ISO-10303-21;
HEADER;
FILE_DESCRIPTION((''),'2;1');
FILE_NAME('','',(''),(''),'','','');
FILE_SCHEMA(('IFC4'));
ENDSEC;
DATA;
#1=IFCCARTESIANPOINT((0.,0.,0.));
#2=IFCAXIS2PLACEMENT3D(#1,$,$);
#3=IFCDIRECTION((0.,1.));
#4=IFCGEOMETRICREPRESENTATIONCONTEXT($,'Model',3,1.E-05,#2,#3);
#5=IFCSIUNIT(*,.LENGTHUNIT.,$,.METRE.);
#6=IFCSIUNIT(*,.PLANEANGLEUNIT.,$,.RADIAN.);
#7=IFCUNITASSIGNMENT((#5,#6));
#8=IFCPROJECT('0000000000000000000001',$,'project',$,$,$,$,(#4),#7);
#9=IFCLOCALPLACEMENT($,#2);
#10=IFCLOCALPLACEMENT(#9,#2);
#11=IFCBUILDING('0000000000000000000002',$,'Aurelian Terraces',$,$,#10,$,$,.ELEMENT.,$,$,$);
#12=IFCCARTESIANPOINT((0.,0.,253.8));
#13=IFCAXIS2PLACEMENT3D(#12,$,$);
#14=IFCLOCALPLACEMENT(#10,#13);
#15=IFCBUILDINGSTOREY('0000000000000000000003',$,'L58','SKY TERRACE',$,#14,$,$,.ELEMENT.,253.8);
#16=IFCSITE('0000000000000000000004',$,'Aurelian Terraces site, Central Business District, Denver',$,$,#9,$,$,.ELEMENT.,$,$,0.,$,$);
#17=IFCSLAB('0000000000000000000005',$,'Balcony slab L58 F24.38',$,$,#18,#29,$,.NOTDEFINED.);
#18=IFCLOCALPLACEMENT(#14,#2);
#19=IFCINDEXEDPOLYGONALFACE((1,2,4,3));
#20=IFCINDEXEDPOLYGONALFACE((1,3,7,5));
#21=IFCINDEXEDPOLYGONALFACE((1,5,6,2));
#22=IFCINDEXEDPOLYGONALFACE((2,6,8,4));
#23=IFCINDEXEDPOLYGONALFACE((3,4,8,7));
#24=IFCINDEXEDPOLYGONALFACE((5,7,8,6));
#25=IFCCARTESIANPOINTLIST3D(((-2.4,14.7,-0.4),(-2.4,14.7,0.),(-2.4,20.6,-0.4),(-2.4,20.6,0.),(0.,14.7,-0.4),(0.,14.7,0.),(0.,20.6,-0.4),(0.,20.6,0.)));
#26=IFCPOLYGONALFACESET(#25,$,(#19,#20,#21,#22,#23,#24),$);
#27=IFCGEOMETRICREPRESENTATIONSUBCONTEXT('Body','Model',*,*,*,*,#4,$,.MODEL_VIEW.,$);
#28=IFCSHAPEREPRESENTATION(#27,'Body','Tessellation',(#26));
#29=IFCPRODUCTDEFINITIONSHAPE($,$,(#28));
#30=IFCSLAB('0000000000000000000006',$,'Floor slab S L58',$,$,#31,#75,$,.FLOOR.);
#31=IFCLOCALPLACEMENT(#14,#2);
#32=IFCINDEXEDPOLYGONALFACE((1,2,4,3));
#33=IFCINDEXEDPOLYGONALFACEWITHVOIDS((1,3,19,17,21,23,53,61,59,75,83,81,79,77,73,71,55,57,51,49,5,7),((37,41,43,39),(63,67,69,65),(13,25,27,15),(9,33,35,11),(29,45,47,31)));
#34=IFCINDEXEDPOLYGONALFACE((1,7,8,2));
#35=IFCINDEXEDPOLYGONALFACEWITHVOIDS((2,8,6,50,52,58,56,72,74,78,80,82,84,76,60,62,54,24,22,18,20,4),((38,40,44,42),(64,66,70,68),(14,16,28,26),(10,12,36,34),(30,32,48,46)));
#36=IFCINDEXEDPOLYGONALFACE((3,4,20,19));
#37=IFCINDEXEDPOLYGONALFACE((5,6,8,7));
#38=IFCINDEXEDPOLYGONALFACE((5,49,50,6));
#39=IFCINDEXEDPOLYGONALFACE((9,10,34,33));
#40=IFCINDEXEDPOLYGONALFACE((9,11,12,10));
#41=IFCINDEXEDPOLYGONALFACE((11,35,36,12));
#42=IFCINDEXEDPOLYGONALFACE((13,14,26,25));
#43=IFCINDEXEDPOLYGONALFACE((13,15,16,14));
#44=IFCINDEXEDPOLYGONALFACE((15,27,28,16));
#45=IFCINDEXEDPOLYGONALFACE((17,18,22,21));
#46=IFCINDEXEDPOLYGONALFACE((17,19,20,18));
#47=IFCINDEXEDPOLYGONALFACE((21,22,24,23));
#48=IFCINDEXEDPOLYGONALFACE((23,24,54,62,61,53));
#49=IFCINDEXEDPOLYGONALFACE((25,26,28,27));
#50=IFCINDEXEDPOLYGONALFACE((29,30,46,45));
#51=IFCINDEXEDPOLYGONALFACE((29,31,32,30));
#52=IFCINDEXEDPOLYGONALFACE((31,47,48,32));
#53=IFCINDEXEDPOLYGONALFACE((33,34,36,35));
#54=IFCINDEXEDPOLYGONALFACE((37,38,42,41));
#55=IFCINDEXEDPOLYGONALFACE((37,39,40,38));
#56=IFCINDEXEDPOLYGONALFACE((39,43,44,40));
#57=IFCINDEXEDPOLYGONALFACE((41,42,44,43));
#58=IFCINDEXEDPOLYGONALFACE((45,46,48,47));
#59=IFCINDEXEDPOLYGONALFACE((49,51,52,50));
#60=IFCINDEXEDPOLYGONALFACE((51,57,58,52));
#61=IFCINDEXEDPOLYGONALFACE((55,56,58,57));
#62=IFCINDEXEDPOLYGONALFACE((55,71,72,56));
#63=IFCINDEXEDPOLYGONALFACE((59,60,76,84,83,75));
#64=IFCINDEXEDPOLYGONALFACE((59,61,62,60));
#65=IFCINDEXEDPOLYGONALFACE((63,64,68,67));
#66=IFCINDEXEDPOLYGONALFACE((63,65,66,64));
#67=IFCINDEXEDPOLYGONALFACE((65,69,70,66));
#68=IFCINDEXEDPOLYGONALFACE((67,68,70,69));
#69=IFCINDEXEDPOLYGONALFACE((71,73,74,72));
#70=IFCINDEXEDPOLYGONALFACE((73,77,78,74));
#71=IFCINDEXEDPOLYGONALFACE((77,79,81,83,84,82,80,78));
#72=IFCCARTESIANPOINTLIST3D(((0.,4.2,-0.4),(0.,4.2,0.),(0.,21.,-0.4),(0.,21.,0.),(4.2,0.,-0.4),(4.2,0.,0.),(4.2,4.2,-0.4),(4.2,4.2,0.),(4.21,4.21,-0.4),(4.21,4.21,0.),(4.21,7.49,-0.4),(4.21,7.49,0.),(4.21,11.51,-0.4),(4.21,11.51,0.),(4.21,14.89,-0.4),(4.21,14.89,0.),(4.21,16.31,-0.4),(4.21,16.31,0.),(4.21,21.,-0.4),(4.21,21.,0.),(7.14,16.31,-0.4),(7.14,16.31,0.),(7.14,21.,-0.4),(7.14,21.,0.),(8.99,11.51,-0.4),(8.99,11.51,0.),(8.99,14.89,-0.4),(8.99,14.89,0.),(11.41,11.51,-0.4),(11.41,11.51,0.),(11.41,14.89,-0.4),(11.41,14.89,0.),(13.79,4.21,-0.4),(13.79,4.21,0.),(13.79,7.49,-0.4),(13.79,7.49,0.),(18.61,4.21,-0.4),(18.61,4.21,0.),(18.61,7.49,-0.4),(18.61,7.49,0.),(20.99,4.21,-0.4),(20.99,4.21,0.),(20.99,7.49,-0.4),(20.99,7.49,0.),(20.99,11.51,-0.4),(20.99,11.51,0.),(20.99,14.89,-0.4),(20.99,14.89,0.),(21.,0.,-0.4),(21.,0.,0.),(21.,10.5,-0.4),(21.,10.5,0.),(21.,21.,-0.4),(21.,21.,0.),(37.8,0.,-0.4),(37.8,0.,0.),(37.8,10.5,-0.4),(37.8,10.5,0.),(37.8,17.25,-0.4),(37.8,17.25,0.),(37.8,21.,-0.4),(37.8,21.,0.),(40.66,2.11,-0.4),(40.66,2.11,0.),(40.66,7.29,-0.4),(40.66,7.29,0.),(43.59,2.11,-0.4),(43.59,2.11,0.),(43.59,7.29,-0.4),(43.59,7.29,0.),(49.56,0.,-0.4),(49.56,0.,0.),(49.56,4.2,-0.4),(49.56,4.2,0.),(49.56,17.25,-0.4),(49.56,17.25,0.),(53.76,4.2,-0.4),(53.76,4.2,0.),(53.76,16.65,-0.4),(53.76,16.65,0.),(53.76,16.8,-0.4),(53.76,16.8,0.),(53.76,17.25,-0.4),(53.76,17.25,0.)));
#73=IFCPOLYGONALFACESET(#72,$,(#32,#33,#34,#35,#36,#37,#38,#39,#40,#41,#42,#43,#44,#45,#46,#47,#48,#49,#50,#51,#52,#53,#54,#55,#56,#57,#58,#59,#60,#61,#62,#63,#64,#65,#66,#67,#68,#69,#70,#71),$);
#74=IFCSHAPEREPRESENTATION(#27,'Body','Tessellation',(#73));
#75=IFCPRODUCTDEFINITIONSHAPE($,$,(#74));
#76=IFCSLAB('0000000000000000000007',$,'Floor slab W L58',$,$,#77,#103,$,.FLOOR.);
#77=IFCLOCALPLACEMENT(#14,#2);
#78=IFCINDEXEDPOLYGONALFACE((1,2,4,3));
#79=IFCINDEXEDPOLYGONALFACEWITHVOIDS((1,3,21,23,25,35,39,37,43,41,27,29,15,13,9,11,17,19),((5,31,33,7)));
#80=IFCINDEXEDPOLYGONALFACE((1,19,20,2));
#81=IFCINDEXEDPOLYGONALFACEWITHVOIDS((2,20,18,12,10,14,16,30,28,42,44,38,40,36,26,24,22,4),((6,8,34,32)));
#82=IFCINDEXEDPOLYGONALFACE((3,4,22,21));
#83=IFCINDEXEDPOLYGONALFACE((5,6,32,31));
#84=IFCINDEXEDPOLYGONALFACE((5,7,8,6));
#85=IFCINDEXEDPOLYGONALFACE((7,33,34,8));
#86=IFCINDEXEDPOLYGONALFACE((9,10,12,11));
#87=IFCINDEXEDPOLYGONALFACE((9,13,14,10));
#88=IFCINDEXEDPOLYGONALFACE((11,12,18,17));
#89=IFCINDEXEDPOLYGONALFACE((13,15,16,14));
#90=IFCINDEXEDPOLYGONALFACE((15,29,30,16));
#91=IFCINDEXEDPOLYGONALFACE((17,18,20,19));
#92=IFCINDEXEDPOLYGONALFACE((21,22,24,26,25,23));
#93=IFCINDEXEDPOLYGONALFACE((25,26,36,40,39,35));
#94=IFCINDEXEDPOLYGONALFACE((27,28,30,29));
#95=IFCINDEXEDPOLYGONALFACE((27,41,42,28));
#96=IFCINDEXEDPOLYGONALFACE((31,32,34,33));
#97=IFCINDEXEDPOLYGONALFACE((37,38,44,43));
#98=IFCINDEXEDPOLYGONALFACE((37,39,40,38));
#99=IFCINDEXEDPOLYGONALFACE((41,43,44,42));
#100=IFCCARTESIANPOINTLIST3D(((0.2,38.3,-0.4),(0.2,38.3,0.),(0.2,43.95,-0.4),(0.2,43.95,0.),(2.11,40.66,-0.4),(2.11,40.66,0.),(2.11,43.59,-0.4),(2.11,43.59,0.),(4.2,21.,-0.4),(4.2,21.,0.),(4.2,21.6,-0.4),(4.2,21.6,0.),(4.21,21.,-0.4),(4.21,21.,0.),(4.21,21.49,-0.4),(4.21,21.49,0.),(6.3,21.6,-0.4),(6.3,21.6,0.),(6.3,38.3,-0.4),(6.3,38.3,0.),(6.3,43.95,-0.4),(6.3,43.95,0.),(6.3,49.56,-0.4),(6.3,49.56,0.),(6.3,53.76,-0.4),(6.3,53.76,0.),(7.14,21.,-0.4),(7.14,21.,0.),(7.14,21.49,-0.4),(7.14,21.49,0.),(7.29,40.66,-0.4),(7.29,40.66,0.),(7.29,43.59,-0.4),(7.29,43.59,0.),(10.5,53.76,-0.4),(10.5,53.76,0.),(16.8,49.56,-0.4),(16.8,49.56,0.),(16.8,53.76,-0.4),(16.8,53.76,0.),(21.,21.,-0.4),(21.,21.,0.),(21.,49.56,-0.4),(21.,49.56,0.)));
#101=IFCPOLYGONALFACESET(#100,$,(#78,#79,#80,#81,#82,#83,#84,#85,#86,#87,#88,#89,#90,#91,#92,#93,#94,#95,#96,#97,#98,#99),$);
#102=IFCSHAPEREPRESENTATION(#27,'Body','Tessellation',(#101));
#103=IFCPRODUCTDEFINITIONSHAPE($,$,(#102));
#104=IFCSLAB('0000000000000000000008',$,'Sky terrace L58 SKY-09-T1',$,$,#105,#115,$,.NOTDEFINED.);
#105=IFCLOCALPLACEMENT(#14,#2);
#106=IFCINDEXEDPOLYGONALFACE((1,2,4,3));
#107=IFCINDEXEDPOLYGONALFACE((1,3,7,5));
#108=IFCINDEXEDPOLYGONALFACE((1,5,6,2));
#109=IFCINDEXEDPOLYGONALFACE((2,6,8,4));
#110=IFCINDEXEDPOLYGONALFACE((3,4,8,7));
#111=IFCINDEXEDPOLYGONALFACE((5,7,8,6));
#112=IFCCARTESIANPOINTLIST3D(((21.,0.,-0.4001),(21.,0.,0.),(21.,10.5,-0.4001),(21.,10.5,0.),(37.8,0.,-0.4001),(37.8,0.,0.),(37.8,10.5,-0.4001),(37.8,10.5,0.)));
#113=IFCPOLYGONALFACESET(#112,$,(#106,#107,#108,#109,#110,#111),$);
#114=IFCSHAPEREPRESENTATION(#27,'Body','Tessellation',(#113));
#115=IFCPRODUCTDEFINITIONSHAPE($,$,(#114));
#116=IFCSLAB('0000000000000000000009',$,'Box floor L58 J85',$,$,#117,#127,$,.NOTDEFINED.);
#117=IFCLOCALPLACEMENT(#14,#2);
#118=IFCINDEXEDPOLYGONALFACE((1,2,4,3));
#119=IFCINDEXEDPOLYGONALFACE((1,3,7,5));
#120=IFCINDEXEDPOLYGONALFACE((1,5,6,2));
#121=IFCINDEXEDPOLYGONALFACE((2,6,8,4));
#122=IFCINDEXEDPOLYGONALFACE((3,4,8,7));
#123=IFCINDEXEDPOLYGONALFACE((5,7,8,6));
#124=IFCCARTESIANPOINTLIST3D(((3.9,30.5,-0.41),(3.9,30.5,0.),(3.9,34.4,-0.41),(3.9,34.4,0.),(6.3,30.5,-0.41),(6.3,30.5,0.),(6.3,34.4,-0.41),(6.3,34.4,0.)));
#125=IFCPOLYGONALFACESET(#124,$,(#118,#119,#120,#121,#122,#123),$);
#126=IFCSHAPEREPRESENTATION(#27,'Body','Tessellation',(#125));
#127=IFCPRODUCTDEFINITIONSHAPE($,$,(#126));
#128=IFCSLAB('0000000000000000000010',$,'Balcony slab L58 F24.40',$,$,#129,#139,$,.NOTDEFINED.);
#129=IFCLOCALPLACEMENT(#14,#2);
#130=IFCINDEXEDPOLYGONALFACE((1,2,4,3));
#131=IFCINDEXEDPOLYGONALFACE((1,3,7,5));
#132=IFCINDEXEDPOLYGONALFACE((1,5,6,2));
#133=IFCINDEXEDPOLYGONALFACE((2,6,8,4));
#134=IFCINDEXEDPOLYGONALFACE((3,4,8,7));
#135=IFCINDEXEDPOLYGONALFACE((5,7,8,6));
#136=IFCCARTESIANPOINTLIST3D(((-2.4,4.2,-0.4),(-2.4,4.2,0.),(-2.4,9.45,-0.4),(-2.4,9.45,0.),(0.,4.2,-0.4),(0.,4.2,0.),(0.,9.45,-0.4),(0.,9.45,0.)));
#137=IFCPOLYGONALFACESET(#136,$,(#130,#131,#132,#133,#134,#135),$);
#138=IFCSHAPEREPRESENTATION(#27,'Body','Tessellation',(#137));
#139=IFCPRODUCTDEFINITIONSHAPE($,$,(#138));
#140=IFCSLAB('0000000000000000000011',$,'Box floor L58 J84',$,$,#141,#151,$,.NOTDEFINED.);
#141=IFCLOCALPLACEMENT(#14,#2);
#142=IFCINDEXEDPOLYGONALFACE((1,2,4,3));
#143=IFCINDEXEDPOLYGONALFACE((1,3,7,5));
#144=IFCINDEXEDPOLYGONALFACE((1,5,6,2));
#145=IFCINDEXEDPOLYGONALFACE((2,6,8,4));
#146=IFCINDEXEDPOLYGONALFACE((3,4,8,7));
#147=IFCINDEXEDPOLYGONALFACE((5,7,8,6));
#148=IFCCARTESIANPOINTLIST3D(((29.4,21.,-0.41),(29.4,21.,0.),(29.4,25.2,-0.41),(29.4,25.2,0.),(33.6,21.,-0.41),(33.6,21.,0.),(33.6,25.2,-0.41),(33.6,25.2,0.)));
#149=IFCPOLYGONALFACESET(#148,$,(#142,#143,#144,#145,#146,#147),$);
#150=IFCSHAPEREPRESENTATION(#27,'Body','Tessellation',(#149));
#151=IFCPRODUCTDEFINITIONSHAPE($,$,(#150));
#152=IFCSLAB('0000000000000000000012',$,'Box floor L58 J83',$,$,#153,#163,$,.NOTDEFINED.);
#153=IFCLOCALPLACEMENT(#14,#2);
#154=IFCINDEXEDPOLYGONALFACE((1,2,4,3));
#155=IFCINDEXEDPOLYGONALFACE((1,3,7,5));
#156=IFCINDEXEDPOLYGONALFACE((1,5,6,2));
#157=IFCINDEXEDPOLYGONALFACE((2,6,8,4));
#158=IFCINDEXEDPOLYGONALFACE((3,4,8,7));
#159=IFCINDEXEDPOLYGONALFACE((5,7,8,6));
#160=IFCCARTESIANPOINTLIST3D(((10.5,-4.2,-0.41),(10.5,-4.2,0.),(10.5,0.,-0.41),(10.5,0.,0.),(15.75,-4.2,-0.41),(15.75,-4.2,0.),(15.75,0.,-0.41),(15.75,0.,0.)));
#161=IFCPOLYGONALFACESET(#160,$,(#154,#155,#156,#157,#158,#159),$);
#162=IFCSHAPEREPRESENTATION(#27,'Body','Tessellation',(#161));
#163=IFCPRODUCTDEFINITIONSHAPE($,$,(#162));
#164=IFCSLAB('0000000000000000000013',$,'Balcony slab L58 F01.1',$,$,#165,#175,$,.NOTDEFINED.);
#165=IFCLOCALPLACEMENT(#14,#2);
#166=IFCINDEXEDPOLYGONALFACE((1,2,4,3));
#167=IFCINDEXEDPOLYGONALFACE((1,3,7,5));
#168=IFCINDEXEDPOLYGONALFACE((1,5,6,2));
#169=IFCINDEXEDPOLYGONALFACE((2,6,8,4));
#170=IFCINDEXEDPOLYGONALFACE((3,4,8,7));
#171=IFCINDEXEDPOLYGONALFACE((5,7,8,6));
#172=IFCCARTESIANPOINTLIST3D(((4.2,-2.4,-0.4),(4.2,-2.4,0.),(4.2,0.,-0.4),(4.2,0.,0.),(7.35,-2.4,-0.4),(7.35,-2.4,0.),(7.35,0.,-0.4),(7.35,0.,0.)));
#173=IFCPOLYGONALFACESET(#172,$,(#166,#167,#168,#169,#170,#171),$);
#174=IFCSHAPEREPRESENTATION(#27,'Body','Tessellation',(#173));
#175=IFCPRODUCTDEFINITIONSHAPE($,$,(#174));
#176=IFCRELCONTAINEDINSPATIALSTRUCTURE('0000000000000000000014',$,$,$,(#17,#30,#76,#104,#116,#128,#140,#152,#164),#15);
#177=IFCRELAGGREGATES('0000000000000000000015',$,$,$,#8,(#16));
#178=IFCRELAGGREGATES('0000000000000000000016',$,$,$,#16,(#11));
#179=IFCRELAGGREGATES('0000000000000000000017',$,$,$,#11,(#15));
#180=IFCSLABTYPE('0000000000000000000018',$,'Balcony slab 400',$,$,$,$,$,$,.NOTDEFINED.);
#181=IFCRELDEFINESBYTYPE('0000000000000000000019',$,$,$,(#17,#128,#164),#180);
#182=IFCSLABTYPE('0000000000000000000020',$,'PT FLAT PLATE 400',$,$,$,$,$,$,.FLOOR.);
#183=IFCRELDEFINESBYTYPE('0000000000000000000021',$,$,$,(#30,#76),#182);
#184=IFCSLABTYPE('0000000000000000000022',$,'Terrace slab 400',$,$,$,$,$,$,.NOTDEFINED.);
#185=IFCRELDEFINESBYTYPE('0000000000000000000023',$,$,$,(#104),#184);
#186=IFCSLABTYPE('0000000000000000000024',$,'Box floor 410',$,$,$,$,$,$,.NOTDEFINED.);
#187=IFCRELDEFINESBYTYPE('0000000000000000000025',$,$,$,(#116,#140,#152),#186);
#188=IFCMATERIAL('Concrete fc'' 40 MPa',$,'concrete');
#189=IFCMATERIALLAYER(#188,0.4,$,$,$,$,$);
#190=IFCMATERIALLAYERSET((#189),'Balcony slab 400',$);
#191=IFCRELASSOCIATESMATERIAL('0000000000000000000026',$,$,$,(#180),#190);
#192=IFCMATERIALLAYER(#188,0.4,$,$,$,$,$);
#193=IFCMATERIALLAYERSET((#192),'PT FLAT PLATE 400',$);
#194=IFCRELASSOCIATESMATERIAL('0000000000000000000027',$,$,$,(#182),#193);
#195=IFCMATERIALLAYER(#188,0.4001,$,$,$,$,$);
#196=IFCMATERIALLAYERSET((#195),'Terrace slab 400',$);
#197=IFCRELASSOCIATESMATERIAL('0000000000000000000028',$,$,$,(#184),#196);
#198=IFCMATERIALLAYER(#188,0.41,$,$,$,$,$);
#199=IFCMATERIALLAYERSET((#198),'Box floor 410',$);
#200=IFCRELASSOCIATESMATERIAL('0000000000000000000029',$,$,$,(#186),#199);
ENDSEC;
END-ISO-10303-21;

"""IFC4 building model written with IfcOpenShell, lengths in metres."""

from ifc_helpers import new_model, si_unit, direction, frame, origin, place, context, subcontext, project, spatial, polyline, outline, extrude, source, transform, mapped, material, layer, layer_set, type_object, element, save


model = new_model("IFC4")

# Units and contexts
model_context = context("Model", 3, precision=1e-05, world=origin(), true_north=direction((0.0, 1.0)))
body_context = subcontext(model_context, "Body", "Model", "MODEL_VIEW")
ifc_project = project(units=[si_unit("LENGTHUNIT", "METRE"), si_unit("PLANEANGLEUNIT", "RADIAN")], contexts=[model_context])

# Site, building, storey
site_placement = place(None, origin())
site = spatial("IfcSite", under=ifc_project, at=site_placement, Name="Aurelian Terraces site, Central Business District, Denver", CompositionType="ELEMENT", RefElevation=0.0)
building_placement = place(site_placement, origin())
building = spatial("IfcBuilding", under=site, at=building_placement, Name="Aurelian Terraces", CompositionType="ELEMENT")
storey_placement = place(building_placement, frame((0.0, 0.0, 253.8)))
storey = spatial("IfcBuildingStorey", under=building, at=storey_placement, Name="L58", Description="SKY TERRACE", CompositionType="ELEMENT", Elevation=253.8)

# Slabs
ifc_material_1 = material(Name="Concrete fc' 40 MPa", Category="concrete")
ifc_layer_1 = layer(ifc_material_1, 0.4)
ifc_layer_set_1 = layer_set([ifc_layer_1], Name="Balcony slab 400")
slab_type_1 = type_object("IfcSlabType", Name="Balcony slab 400", PredefinedType="NOTDEFINED", material=ifc_layer_set_1)
slab_1_placement = place(storey_placement, frame((0.0, 0.0, -0.4)))
element("IfcSlab", 1, at=slab_1_placement, inside=storey, type_object=slab_type_1, Name="Balcony slab L58 F24.38", PredefinedType="NOTDEFINED", context=body_context, shape_type="SweptSolid", body=[
    extrude(outline(polyline([(0.0, 20.6), (0.0, 14.7), (-2.4, 14.7), (-2.4, 20.6), (0.0, 20.6)])), origin(), (0.0, 0.0, 1.0), 0.4),
])
ifc_layer_2 = layer(ifc_material_1, 0.4)
ifc_layer_set_2 = layer_set([ifc_layer_2], Name="PT FLAT PLATE 400")
slab_type_2 = type_object("IfcSlabType", Name="PT FLAT PLATE 400", PredefinedType="FLOOR", material=ifc_layer_set_2)
slab_2_placement = place(storey_placement, frame((0.0, 0.0, -0.4)))
element("IfcSlab", 2, at=slab_2_placement, inside=storey, type_object=slab_type_2, Name="Floor slab S L58", PredefinedType="FLOOR", context=body_context, shape_type="SweptSolid", body=[
    extrude(outline(polyline([(49.56, 4.2), (49.56, 0.0), (37.8, 0.0), (37.8, 10.5), (21.0, 10.5), (21.0, 0.0), (4.2, 0.0), (4.2, 4.2), (0.0, 4.2), (0.0, 21.0), (4.21, 21.0), (4.21, 16.31), (7.14, 16.31), (7.14, 21.0), (21.0, 21.0), (37.8, 21.0), (37.8, 17.25), (49.56, 17.25), (53.76, 17.25), (53.76, 16.8), (53.76, 16.65), (53.76, 4.2), (49.56, 4.2)]), holes=[polyline([(40.66, 2.11), (43.59, 2.11), (43.59, 7.29), (40.66, 7.29), (40.66, 2.11)]), polyline([(18.61, 7.49), (18.61, 4.21), (20.99, 4.21), (20.99, 7.49), (18.61, 7.49)]), polyline([(20.99, 14.89), (11.41, 14.89), (11.41, 11.51), (20.99, 11.51), (20.99, 14.89)]), polyline([(4.21, 7.49), (4.21, 4.21), (13.79, 4.21), (13.79, 7.49), (4.21, 7.49)]), polyline([(4.21, 14.89), (4.21, 11.51), (8.99, 11.51), (8.99, 14.89), (4.21, 14.89)])]), origin(), (0.0, 0.0, 1.0), 0.4),
])
shared_shape_1 = source(origin(), body_context, "Body", "SweptSolid", [
    extrude(outline(polyline([(0.2, 43.95), (6.3, 43.95), (6.3, 49.56), (6.3, 53.76), (10.5, 53.76), (16.8, 53.76), (16.8, 49.56), (21.0, 49.56), (21.0, 21.0), (7.14, 21.0), (7.14, 21.49), (4.21, 21.49), (4.21, 21.0), (4.2, 21.0), (4.2, 21.6), (6.3, 21.6), (6.3, 38.3), (0.2, 38.3), (0.2, 43.95)]), holes=[polyline([(7.29, 43.59), (2.11, 43.59), (2.11, 40.66), (7.29, 40.66), (7.29, 43.59)])]), origin(), (0.0, 0.0, 1.0), 0.4),
])
slab_3_placement = place(storey_placement, frame((0.0, 0.0, -0.4)))
element("IfcSlab", 3, at=slab_3_placement, inside=storey, type_object=slab_type_2, Name="Floor slab W L58", PredefinedType="FLOOR", context=body_context, shape_type="MappedRepresentation", body=[
    mapped(shared_shape_1, transform((0.0, 0.0, 0.0), scale=1.0)),
])
ifc_layer_3 = layer(ifc_material_1, 0.4001)
ifc_layer_set_3 = layer_set([ifc_layer_3], Name="Terrace slab 400")
slab_type_3 = type_object("IfcSlabType", Name="Terrace slab 400", PredefinedType="NOTDEFINED", material=ifc_layer_set_3)
shared_shape_2 = source(origin(), body_context, "Body", "SweptSolid", [
    extrude(outline(polyline([(37.8, 10.5), (37.8, 0.0), (21.0, 0.0), (21.0, 10.5), (37.8, 10.5)])), origin(), (0.0, 0.0, 1.0), 0.4001),
])
slab_4_placement = place(storey_placement, frame((0.0, 0.0, -0.4001)))
element("IfcSlab", 4, at=slab_4_placement, inside=storey, type_object=slab_type_3, Name="Sky terrace L58 SKY-09-T1", PredefinedType="NOTDEFINED", context=body_context, shape_type="MappedRepresentation", body=[
    mapped(shared_shape_2, transform((0.0, 0.0, 0.0), scale=1.0)),
])
ifc_layer_4 = layer(ifc_material_1, 0.41)
ifc_layer_set_4 = layer_set([ifc_layer_4], Name="Box floor 410")
slab_type_4 = type_object("IfcSlabType", Name="Box floor 410", PredefinedType="NOTDEFINED", material=ifc_layer_set_4)
shared_shape_3 = source(origin(), body_context, "Body", "SweptSolid", [
    extrude(outline(polyline([(3.9, 34.4), (3.9, 30.5), (6.3, 30.5), (6.3, 34.4), (3.9, 34.4)])), origin(), (0.0, 0.0, 1.0), 0.41),
])
slab_5_placement = place(storey_placement, frame((0.0, 0.0, -0.41)))
element("IfcSlab", 5, at=slab_5_placement, inside=storey, type_object=slab_type_4, Name="Box floor L58 J85", PredefinedType="NOTDEFINED", context=body_context, shape_type="MappedRepresentation", body=[
    mapped(shared_shape_3, transform((0.0, 0.0, 0.0), scale=1.0)),
])
shared_shape_4 = source(origin(), body_context, "Body", "SweptSolid", [
    extrude(outline(polyline([(0.0, 9.45), (0.0, 4.2), (-2.4, 4.2), (-2.4, 9.45), (0.0, 9.45)])), origin(), (0.0, 0.0, 1.0), 0.4),
])
slab_6_placement = place(storey_placement, frame((0.0, 0.0, -0.4)))
element("IfcSlab", 6, at=slab_6_placement, inside=storey, type_object=slab_type_1, Name="Balcony slab L58 F24.40", PredefinedType="NOTDEFINED", context=body_context, shape_type="MappedRepresentation", body=[
    mapped(shared_shape_4, transform((0.0, 0.0, 0.0), scale=1.0)),
])
shared_shape_5 = source(origin(), body_context, "Body", "SweptSolid", [
    extrude(outline(polyline([(33.6, 25.2), (29.4, 25.2), (29.4, 21.0), (33.6, 21.0), (33.6, 25.2)])), origin(), (0.0, 0.0, 1.0), 0.41),
])
slab_7_placement = place(storey_placement, frame((0.0, 0.0, -0.41)))
element("IfcSlab", 7, at=slab_7_placement, inside=storey, type_object=slab_type_4, Name="Box floor L58 J84", PredefinedType="NOTDEFINED", context=body_context, shape_type="MappedRepresentation", body=[
    mapped(shared_shape_5, transform((0.0, 0.0, 0.0), scale=1.0)),
])
shared_shape_6 = source(origin(), body_context, "Body", "SweptSolid", [
    extrude(outline(polyline([(10.5, -4.2), (15.75, -4.2), (15.75, 0.0), (10.5, 0.0), (10.5, -4.2)])), origin(), (0.0, 0.0, 1.0), 0.41),
])
slab_8_placement = place(storey_placement, frame((0.0, 0.0, -0.41)))
element("IfcSlab", 8, at=slab_8_placement, inside=storey, type_object=slab_type_4, Name="Box floor L58 J83", PredefinedType="NOTDEFINED", context=body_context, shape_type="MappedRepresentation", body=[
    mapped(shared_shape_6, transform((0.0, 0.0, 0.0), scale=1.0)),
])
shared_shape_7 = source(origin(), body_context, "Body", "SweptSolid", [
    extrude(outline(polyline([(4.2, 0.0), (7.35, 0.0), (7.35, -2.4), (4.2, -2.4), (4.2, 0.0)])), origin(), (0.0, 0.0, 1.0), 0.4),
])
slab_9_placement = place(storey_placement, frame((0.0, 0.0, -0.4)))
element("IfcSlab", 9, at=slab_9_placement, inside=storey, type_object=slab_type_1, Name="Balcony slab L58 F01.1", PredefinedType="NOTDEFINED", context=body_context, shape_type="MappedRepresentation", body=[
    mapped(shared_shape_7, transform((0.0, 0.0, 0.0), scale=1.0)),
])

save(model, "model.ifc")
